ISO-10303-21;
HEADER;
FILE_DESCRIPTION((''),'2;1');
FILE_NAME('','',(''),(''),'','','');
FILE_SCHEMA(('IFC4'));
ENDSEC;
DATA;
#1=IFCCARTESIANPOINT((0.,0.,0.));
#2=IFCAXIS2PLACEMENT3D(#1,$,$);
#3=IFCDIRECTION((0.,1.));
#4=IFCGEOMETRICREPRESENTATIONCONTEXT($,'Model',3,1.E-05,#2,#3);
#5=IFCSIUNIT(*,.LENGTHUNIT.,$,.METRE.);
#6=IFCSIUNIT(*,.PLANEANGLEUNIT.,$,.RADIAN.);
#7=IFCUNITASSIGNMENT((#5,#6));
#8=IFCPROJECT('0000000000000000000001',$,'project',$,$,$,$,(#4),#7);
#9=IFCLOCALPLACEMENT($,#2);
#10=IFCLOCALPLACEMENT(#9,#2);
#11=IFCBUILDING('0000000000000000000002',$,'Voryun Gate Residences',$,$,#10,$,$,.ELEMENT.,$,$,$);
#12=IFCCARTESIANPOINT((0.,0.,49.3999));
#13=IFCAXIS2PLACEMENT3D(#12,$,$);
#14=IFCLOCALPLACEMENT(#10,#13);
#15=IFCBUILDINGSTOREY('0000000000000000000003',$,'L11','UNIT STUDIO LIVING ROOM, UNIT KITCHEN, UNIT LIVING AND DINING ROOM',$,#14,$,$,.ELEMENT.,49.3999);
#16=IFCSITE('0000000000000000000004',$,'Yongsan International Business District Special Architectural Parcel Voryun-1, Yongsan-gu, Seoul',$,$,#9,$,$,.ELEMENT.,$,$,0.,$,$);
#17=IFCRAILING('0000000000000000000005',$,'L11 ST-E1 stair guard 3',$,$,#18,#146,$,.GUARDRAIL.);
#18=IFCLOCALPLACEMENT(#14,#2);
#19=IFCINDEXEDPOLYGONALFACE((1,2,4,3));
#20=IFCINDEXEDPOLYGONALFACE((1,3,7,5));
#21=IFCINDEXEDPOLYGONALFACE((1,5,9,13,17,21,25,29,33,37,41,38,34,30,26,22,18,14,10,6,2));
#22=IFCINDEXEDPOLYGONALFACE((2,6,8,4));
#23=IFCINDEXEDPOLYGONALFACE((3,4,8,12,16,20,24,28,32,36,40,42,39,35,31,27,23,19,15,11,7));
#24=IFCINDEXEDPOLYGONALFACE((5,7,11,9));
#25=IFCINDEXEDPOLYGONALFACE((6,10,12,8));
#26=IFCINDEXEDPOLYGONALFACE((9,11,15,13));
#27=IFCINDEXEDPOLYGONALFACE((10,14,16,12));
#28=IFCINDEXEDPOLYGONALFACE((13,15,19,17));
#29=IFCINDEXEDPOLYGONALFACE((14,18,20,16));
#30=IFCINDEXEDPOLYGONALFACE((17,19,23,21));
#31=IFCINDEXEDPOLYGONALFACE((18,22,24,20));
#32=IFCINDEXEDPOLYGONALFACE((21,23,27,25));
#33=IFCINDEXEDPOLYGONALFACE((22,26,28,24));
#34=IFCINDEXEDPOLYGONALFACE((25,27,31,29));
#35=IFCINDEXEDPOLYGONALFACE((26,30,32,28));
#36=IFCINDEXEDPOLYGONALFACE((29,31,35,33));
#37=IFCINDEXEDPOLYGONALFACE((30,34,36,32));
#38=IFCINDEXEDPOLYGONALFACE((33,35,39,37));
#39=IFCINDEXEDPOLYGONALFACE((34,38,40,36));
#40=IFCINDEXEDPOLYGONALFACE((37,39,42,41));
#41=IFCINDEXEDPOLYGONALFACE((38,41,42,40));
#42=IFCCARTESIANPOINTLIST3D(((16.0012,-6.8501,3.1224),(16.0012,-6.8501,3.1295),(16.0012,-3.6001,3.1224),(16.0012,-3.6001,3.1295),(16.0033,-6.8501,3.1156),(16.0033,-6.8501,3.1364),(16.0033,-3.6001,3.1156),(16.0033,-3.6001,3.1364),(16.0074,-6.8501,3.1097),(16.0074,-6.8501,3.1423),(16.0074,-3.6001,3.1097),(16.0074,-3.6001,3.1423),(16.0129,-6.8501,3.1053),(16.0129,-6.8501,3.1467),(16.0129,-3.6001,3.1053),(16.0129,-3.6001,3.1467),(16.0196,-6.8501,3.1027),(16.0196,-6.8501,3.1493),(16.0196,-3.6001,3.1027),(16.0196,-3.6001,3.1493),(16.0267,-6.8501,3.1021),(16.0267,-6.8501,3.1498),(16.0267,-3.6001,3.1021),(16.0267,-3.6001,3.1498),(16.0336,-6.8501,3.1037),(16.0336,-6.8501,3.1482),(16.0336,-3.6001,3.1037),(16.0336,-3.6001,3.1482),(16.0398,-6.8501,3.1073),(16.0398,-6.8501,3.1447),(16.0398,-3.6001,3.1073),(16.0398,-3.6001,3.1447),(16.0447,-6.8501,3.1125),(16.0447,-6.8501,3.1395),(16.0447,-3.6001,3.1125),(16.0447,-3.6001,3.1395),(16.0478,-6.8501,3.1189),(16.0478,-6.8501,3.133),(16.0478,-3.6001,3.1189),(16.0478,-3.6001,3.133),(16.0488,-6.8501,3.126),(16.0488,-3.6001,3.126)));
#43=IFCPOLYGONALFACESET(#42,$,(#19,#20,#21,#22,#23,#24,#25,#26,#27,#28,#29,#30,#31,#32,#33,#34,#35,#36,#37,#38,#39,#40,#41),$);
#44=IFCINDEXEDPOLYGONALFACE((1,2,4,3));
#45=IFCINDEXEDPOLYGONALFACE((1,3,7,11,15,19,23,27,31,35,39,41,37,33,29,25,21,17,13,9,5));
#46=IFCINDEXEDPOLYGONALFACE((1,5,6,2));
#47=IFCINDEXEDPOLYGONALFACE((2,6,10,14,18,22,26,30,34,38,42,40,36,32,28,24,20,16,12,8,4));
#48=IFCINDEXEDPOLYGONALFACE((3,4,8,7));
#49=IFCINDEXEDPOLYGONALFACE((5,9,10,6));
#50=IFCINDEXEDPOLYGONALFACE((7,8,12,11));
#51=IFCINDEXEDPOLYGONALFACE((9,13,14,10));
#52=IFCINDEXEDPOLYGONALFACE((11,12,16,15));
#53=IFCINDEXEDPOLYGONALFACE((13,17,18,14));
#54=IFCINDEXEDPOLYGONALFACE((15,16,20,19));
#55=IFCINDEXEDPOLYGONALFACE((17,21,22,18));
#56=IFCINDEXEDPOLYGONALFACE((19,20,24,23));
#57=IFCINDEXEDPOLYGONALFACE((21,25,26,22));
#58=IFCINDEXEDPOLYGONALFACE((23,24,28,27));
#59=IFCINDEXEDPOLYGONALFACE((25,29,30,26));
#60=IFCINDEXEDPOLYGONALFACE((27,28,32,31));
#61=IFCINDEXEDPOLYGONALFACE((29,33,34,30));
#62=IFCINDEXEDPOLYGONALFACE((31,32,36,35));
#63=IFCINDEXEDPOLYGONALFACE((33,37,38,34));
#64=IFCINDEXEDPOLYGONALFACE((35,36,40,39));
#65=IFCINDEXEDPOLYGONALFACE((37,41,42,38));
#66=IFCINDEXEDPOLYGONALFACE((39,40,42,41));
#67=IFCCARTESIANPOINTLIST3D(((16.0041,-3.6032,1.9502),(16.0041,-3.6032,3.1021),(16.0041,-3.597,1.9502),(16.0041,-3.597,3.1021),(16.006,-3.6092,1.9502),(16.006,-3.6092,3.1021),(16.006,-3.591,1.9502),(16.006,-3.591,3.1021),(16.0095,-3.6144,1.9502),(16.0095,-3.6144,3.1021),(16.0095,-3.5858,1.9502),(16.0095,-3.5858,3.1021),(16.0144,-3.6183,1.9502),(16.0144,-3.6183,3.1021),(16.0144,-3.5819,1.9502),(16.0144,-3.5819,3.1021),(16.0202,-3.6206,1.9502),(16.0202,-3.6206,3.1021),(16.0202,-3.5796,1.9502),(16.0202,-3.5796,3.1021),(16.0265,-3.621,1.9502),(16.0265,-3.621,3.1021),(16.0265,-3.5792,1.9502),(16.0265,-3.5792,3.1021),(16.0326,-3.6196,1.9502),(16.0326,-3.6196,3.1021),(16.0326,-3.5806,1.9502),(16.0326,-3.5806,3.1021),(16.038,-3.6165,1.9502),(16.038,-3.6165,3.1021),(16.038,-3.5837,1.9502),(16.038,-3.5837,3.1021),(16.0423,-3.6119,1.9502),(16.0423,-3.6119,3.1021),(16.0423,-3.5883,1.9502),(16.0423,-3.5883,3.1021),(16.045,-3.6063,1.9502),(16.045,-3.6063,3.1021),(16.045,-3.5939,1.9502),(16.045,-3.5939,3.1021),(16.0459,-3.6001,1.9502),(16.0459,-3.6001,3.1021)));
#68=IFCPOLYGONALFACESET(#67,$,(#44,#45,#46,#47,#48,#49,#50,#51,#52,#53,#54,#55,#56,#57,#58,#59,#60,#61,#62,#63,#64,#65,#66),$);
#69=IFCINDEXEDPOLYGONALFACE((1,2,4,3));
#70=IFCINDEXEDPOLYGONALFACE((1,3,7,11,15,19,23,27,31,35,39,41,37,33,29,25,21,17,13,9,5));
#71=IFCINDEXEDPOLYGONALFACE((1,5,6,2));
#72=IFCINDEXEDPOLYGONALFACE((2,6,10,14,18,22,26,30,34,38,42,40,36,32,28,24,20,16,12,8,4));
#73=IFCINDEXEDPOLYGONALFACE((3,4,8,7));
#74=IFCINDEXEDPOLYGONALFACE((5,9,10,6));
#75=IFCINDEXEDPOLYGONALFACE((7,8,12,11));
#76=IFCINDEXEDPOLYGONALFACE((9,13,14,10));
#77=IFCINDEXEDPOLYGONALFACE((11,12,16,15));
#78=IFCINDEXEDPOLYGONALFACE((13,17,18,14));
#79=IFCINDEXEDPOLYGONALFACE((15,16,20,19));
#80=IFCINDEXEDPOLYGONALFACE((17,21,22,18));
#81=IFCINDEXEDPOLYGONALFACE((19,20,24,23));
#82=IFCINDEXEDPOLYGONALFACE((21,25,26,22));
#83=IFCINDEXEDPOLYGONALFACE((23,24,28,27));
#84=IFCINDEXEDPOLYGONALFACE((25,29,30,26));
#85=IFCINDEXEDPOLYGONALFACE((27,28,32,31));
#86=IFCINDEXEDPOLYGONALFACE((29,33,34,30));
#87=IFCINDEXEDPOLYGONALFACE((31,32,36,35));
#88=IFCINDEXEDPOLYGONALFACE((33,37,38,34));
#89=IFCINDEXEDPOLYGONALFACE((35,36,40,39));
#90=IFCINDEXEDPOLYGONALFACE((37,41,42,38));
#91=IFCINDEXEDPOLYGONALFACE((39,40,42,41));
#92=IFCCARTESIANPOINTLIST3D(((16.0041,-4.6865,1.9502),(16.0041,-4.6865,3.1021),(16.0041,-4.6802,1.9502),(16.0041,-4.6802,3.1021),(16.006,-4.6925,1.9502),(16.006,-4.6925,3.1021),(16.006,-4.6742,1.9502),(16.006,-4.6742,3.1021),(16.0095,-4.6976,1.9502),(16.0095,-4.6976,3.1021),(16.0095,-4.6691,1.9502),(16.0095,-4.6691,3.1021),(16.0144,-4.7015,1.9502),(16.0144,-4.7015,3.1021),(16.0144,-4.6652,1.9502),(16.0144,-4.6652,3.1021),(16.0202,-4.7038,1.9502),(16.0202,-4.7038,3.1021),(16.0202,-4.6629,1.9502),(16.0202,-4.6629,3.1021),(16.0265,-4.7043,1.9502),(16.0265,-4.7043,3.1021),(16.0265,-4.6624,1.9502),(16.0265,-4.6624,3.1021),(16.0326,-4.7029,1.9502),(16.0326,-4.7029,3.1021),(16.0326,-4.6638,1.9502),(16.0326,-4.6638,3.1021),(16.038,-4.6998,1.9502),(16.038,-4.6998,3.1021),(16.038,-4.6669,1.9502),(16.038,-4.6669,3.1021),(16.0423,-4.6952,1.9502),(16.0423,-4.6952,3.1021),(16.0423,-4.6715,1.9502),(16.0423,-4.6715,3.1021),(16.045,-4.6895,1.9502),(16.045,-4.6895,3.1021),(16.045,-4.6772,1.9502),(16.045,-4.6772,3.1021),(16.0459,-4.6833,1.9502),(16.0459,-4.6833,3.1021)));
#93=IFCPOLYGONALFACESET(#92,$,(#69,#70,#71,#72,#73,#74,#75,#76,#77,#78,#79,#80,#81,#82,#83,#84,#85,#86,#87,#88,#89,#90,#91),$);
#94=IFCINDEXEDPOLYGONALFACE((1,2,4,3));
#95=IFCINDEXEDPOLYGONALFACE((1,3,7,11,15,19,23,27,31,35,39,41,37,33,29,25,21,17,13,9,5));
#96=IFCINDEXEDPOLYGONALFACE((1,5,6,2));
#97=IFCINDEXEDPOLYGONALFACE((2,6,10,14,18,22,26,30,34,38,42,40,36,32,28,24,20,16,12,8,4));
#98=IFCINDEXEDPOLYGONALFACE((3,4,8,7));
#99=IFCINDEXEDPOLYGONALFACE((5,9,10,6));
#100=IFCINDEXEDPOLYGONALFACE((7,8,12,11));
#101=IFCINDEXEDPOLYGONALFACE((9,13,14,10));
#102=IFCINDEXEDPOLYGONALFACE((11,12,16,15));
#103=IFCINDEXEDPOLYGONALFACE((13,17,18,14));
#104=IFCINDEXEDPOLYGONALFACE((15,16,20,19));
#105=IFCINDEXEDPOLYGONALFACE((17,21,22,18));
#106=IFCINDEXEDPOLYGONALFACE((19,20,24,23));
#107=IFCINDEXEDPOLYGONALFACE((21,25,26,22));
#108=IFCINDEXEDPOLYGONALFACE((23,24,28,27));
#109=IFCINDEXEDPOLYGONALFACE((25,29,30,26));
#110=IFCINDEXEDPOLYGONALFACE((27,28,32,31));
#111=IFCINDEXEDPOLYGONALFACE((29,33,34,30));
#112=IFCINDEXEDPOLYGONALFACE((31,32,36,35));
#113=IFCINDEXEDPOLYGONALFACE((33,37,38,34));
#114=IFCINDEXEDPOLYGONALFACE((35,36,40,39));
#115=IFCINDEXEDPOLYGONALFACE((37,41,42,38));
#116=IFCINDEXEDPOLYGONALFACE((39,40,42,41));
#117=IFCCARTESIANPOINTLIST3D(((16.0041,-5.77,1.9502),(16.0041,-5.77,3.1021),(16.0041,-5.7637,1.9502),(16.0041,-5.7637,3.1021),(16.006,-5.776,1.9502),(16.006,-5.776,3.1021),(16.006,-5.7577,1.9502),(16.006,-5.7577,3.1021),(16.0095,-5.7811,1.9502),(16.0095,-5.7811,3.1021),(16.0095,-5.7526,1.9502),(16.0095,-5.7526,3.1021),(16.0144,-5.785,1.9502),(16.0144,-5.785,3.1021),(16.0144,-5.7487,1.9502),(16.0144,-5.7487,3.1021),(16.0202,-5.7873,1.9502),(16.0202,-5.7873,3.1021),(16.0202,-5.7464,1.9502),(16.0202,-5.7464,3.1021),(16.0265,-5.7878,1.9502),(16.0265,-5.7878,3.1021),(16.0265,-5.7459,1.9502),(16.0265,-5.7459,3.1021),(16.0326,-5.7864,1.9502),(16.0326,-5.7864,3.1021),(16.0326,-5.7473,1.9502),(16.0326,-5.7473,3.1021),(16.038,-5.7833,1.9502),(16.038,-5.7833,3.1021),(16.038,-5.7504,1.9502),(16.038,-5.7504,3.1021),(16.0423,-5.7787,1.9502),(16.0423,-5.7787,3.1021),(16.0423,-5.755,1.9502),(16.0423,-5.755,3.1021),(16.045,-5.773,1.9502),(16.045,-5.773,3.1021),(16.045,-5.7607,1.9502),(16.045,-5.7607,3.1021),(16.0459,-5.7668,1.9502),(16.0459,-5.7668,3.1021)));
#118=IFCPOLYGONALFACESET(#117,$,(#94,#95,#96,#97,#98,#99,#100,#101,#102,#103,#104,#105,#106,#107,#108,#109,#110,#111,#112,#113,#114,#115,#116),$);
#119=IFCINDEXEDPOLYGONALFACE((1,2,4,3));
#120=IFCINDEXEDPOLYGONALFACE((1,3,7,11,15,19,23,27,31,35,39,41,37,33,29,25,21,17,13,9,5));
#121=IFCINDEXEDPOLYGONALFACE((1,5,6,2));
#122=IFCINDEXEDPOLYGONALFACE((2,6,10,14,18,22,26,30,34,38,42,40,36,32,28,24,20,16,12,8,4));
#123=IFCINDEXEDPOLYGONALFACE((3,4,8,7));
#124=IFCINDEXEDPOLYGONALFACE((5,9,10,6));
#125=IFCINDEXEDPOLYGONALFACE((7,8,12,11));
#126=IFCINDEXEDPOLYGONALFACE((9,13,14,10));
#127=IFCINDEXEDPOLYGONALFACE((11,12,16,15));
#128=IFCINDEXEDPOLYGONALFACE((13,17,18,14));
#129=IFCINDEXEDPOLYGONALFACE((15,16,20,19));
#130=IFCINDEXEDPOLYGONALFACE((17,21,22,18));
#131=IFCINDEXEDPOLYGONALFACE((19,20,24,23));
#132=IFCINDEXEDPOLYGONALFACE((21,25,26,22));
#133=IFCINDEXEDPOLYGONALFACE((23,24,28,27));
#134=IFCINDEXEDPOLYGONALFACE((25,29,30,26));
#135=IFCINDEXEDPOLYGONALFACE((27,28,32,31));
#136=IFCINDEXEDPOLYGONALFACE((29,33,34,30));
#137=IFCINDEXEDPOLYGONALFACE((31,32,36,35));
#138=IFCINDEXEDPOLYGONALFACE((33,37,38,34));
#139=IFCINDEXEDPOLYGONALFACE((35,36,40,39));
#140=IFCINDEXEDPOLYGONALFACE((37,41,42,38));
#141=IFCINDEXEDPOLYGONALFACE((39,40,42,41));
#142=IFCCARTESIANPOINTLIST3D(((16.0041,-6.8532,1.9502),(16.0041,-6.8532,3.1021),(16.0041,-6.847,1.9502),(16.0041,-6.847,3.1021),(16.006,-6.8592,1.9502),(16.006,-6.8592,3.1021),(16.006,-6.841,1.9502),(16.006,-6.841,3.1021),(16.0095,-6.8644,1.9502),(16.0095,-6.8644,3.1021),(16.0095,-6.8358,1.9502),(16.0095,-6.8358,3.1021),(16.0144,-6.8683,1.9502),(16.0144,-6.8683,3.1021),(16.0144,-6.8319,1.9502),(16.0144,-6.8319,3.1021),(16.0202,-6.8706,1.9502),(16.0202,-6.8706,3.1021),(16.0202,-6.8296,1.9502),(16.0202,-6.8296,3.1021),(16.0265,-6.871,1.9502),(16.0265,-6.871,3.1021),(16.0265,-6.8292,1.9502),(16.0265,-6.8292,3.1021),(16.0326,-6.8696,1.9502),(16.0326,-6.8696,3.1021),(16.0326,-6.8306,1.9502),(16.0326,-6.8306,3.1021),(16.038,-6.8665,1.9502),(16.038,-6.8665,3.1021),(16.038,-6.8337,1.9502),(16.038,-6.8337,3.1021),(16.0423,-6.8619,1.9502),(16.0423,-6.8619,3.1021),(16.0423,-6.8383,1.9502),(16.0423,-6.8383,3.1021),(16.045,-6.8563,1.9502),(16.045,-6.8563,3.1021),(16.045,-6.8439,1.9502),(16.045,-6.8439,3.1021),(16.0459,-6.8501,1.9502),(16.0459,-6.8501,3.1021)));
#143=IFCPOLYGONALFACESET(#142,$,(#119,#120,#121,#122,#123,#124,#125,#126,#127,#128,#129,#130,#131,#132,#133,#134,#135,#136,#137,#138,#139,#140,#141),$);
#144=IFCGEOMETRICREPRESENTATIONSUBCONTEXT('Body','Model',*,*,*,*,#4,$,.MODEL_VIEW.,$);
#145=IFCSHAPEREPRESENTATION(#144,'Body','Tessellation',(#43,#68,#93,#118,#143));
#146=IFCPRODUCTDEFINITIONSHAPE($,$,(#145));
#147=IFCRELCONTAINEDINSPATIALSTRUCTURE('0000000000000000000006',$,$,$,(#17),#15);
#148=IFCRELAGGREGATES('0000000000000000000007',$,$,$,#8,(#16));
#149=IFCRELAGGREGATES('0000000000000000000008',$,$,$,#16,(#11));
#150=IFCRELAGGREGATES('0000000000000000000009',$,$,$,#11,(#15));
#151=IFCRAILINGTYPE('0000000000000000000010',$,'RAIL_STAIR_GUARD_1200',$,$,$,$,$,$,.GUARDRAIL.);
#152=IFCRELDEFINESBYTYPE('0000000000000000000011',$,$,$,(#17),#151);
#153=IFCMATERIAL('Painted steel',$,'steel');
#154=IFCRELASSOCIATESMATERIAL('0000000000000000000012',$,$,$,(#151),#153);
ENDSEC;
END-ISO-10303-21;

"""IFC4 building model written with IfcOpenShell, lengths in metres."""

from ifc_helpers import new_model, si_unit, direction, frame, origin, origin_2d, place, context, subcontext, project, spatial, circle, extrude, material, type_object, element, save


model = new_model("IFC4")

# Units and contexts
model_context = context("Model", 3, precision=1e-05, world=origin(), true_north=direction((0.0, 1.0)))
body_context = subcontext(model_context, "Body", "Model", "MODEL_VIEW")
ifc_project = project(units=[si_unit("LENGTHUNIT", "METRE"), si_unit("PLANEANGLEUNIT", "RADIAN")], contexts=[model_context])

# Site, building, storey
site_placement = place(None, origin())
site = spatial("IfcSite", under=ifc_project, at=site_placement, Name="Yongsan International Business District Special Architectural Parcel Voryun-1, Yongsan-gu, Seoul", CompositionType="ELEMENT", RefElevation=0.0)
building_placement = place(site_placement, origin())
building = spatial("IfcBuilding", under=site, at=building_placement, Name="Voryun Gate Residences", CompositionType="ELEMENT")
storey_placement = place(building_placement, frame((0.0, 0.0, 49.3999)))
storey = spatial("IfcBuildingStorey", under=building, at=storey_placement, Name="L11", Description="UNIT STUDIO LIVING ROOM, UNIT KITCHEN, UNIT LIVING AND DINING ROOM", CompositionType="ELEMENT", Elevation=49.3999)

# Railing
ifc_material_1 = material(Name="Painted steel", Category="steel")
railing_type_1 = type_object("IfcRailingType", Name="RAIL_STAIR_GUARD_1200", PredefinedType="GUARDRAIL", material=ifc_material_1)
for number, where, name in (
    (1, (16.0249, -3.6001, 1.9502), "L11 ST-E1 stair guard 3"),
):
    element("IfcRailing", number, at=place(storey_placement, frame(where)), inside=storey, type_object=railing_type_1, Name=name, PredefinedType="GUARDRAIL", context=body_context, shape_type="SweptSolid", body=[
        extrude(circle(Radius=0.0239, at=origin_2d()), frame((0.0, 0.0, 1.1758), z_axis=(0.0, -1.0, 0.0), x_axis=(1.0, 0.0, 0.0)), (0.0, 0.0, 1.0), 3.25),
        extrude(circle(Radius=0.021, at=origin_2d()), origin(), (0.0, 0.0, 1.0), 1.1519),
        extrude(circle(Radius=0.021, at=origin_2d()), frame((0.0, -1.0833, 0.0)), (0.0, 0.0, 1.0), 1.1519),
        extrude(circle(Radius=0.021, at=origin_2d()), frame((0.0, -2.1667, 0.0)), (0.0, 0.0, 1.0), 1.1519),
        extrude(circle(Radius=0.021, at=origin_2d()), frame((0.0, -3.25, 0.0)), (0.0, 0.0, 1.0), 1.1519),
    ])

save(model, "model.ifc")
